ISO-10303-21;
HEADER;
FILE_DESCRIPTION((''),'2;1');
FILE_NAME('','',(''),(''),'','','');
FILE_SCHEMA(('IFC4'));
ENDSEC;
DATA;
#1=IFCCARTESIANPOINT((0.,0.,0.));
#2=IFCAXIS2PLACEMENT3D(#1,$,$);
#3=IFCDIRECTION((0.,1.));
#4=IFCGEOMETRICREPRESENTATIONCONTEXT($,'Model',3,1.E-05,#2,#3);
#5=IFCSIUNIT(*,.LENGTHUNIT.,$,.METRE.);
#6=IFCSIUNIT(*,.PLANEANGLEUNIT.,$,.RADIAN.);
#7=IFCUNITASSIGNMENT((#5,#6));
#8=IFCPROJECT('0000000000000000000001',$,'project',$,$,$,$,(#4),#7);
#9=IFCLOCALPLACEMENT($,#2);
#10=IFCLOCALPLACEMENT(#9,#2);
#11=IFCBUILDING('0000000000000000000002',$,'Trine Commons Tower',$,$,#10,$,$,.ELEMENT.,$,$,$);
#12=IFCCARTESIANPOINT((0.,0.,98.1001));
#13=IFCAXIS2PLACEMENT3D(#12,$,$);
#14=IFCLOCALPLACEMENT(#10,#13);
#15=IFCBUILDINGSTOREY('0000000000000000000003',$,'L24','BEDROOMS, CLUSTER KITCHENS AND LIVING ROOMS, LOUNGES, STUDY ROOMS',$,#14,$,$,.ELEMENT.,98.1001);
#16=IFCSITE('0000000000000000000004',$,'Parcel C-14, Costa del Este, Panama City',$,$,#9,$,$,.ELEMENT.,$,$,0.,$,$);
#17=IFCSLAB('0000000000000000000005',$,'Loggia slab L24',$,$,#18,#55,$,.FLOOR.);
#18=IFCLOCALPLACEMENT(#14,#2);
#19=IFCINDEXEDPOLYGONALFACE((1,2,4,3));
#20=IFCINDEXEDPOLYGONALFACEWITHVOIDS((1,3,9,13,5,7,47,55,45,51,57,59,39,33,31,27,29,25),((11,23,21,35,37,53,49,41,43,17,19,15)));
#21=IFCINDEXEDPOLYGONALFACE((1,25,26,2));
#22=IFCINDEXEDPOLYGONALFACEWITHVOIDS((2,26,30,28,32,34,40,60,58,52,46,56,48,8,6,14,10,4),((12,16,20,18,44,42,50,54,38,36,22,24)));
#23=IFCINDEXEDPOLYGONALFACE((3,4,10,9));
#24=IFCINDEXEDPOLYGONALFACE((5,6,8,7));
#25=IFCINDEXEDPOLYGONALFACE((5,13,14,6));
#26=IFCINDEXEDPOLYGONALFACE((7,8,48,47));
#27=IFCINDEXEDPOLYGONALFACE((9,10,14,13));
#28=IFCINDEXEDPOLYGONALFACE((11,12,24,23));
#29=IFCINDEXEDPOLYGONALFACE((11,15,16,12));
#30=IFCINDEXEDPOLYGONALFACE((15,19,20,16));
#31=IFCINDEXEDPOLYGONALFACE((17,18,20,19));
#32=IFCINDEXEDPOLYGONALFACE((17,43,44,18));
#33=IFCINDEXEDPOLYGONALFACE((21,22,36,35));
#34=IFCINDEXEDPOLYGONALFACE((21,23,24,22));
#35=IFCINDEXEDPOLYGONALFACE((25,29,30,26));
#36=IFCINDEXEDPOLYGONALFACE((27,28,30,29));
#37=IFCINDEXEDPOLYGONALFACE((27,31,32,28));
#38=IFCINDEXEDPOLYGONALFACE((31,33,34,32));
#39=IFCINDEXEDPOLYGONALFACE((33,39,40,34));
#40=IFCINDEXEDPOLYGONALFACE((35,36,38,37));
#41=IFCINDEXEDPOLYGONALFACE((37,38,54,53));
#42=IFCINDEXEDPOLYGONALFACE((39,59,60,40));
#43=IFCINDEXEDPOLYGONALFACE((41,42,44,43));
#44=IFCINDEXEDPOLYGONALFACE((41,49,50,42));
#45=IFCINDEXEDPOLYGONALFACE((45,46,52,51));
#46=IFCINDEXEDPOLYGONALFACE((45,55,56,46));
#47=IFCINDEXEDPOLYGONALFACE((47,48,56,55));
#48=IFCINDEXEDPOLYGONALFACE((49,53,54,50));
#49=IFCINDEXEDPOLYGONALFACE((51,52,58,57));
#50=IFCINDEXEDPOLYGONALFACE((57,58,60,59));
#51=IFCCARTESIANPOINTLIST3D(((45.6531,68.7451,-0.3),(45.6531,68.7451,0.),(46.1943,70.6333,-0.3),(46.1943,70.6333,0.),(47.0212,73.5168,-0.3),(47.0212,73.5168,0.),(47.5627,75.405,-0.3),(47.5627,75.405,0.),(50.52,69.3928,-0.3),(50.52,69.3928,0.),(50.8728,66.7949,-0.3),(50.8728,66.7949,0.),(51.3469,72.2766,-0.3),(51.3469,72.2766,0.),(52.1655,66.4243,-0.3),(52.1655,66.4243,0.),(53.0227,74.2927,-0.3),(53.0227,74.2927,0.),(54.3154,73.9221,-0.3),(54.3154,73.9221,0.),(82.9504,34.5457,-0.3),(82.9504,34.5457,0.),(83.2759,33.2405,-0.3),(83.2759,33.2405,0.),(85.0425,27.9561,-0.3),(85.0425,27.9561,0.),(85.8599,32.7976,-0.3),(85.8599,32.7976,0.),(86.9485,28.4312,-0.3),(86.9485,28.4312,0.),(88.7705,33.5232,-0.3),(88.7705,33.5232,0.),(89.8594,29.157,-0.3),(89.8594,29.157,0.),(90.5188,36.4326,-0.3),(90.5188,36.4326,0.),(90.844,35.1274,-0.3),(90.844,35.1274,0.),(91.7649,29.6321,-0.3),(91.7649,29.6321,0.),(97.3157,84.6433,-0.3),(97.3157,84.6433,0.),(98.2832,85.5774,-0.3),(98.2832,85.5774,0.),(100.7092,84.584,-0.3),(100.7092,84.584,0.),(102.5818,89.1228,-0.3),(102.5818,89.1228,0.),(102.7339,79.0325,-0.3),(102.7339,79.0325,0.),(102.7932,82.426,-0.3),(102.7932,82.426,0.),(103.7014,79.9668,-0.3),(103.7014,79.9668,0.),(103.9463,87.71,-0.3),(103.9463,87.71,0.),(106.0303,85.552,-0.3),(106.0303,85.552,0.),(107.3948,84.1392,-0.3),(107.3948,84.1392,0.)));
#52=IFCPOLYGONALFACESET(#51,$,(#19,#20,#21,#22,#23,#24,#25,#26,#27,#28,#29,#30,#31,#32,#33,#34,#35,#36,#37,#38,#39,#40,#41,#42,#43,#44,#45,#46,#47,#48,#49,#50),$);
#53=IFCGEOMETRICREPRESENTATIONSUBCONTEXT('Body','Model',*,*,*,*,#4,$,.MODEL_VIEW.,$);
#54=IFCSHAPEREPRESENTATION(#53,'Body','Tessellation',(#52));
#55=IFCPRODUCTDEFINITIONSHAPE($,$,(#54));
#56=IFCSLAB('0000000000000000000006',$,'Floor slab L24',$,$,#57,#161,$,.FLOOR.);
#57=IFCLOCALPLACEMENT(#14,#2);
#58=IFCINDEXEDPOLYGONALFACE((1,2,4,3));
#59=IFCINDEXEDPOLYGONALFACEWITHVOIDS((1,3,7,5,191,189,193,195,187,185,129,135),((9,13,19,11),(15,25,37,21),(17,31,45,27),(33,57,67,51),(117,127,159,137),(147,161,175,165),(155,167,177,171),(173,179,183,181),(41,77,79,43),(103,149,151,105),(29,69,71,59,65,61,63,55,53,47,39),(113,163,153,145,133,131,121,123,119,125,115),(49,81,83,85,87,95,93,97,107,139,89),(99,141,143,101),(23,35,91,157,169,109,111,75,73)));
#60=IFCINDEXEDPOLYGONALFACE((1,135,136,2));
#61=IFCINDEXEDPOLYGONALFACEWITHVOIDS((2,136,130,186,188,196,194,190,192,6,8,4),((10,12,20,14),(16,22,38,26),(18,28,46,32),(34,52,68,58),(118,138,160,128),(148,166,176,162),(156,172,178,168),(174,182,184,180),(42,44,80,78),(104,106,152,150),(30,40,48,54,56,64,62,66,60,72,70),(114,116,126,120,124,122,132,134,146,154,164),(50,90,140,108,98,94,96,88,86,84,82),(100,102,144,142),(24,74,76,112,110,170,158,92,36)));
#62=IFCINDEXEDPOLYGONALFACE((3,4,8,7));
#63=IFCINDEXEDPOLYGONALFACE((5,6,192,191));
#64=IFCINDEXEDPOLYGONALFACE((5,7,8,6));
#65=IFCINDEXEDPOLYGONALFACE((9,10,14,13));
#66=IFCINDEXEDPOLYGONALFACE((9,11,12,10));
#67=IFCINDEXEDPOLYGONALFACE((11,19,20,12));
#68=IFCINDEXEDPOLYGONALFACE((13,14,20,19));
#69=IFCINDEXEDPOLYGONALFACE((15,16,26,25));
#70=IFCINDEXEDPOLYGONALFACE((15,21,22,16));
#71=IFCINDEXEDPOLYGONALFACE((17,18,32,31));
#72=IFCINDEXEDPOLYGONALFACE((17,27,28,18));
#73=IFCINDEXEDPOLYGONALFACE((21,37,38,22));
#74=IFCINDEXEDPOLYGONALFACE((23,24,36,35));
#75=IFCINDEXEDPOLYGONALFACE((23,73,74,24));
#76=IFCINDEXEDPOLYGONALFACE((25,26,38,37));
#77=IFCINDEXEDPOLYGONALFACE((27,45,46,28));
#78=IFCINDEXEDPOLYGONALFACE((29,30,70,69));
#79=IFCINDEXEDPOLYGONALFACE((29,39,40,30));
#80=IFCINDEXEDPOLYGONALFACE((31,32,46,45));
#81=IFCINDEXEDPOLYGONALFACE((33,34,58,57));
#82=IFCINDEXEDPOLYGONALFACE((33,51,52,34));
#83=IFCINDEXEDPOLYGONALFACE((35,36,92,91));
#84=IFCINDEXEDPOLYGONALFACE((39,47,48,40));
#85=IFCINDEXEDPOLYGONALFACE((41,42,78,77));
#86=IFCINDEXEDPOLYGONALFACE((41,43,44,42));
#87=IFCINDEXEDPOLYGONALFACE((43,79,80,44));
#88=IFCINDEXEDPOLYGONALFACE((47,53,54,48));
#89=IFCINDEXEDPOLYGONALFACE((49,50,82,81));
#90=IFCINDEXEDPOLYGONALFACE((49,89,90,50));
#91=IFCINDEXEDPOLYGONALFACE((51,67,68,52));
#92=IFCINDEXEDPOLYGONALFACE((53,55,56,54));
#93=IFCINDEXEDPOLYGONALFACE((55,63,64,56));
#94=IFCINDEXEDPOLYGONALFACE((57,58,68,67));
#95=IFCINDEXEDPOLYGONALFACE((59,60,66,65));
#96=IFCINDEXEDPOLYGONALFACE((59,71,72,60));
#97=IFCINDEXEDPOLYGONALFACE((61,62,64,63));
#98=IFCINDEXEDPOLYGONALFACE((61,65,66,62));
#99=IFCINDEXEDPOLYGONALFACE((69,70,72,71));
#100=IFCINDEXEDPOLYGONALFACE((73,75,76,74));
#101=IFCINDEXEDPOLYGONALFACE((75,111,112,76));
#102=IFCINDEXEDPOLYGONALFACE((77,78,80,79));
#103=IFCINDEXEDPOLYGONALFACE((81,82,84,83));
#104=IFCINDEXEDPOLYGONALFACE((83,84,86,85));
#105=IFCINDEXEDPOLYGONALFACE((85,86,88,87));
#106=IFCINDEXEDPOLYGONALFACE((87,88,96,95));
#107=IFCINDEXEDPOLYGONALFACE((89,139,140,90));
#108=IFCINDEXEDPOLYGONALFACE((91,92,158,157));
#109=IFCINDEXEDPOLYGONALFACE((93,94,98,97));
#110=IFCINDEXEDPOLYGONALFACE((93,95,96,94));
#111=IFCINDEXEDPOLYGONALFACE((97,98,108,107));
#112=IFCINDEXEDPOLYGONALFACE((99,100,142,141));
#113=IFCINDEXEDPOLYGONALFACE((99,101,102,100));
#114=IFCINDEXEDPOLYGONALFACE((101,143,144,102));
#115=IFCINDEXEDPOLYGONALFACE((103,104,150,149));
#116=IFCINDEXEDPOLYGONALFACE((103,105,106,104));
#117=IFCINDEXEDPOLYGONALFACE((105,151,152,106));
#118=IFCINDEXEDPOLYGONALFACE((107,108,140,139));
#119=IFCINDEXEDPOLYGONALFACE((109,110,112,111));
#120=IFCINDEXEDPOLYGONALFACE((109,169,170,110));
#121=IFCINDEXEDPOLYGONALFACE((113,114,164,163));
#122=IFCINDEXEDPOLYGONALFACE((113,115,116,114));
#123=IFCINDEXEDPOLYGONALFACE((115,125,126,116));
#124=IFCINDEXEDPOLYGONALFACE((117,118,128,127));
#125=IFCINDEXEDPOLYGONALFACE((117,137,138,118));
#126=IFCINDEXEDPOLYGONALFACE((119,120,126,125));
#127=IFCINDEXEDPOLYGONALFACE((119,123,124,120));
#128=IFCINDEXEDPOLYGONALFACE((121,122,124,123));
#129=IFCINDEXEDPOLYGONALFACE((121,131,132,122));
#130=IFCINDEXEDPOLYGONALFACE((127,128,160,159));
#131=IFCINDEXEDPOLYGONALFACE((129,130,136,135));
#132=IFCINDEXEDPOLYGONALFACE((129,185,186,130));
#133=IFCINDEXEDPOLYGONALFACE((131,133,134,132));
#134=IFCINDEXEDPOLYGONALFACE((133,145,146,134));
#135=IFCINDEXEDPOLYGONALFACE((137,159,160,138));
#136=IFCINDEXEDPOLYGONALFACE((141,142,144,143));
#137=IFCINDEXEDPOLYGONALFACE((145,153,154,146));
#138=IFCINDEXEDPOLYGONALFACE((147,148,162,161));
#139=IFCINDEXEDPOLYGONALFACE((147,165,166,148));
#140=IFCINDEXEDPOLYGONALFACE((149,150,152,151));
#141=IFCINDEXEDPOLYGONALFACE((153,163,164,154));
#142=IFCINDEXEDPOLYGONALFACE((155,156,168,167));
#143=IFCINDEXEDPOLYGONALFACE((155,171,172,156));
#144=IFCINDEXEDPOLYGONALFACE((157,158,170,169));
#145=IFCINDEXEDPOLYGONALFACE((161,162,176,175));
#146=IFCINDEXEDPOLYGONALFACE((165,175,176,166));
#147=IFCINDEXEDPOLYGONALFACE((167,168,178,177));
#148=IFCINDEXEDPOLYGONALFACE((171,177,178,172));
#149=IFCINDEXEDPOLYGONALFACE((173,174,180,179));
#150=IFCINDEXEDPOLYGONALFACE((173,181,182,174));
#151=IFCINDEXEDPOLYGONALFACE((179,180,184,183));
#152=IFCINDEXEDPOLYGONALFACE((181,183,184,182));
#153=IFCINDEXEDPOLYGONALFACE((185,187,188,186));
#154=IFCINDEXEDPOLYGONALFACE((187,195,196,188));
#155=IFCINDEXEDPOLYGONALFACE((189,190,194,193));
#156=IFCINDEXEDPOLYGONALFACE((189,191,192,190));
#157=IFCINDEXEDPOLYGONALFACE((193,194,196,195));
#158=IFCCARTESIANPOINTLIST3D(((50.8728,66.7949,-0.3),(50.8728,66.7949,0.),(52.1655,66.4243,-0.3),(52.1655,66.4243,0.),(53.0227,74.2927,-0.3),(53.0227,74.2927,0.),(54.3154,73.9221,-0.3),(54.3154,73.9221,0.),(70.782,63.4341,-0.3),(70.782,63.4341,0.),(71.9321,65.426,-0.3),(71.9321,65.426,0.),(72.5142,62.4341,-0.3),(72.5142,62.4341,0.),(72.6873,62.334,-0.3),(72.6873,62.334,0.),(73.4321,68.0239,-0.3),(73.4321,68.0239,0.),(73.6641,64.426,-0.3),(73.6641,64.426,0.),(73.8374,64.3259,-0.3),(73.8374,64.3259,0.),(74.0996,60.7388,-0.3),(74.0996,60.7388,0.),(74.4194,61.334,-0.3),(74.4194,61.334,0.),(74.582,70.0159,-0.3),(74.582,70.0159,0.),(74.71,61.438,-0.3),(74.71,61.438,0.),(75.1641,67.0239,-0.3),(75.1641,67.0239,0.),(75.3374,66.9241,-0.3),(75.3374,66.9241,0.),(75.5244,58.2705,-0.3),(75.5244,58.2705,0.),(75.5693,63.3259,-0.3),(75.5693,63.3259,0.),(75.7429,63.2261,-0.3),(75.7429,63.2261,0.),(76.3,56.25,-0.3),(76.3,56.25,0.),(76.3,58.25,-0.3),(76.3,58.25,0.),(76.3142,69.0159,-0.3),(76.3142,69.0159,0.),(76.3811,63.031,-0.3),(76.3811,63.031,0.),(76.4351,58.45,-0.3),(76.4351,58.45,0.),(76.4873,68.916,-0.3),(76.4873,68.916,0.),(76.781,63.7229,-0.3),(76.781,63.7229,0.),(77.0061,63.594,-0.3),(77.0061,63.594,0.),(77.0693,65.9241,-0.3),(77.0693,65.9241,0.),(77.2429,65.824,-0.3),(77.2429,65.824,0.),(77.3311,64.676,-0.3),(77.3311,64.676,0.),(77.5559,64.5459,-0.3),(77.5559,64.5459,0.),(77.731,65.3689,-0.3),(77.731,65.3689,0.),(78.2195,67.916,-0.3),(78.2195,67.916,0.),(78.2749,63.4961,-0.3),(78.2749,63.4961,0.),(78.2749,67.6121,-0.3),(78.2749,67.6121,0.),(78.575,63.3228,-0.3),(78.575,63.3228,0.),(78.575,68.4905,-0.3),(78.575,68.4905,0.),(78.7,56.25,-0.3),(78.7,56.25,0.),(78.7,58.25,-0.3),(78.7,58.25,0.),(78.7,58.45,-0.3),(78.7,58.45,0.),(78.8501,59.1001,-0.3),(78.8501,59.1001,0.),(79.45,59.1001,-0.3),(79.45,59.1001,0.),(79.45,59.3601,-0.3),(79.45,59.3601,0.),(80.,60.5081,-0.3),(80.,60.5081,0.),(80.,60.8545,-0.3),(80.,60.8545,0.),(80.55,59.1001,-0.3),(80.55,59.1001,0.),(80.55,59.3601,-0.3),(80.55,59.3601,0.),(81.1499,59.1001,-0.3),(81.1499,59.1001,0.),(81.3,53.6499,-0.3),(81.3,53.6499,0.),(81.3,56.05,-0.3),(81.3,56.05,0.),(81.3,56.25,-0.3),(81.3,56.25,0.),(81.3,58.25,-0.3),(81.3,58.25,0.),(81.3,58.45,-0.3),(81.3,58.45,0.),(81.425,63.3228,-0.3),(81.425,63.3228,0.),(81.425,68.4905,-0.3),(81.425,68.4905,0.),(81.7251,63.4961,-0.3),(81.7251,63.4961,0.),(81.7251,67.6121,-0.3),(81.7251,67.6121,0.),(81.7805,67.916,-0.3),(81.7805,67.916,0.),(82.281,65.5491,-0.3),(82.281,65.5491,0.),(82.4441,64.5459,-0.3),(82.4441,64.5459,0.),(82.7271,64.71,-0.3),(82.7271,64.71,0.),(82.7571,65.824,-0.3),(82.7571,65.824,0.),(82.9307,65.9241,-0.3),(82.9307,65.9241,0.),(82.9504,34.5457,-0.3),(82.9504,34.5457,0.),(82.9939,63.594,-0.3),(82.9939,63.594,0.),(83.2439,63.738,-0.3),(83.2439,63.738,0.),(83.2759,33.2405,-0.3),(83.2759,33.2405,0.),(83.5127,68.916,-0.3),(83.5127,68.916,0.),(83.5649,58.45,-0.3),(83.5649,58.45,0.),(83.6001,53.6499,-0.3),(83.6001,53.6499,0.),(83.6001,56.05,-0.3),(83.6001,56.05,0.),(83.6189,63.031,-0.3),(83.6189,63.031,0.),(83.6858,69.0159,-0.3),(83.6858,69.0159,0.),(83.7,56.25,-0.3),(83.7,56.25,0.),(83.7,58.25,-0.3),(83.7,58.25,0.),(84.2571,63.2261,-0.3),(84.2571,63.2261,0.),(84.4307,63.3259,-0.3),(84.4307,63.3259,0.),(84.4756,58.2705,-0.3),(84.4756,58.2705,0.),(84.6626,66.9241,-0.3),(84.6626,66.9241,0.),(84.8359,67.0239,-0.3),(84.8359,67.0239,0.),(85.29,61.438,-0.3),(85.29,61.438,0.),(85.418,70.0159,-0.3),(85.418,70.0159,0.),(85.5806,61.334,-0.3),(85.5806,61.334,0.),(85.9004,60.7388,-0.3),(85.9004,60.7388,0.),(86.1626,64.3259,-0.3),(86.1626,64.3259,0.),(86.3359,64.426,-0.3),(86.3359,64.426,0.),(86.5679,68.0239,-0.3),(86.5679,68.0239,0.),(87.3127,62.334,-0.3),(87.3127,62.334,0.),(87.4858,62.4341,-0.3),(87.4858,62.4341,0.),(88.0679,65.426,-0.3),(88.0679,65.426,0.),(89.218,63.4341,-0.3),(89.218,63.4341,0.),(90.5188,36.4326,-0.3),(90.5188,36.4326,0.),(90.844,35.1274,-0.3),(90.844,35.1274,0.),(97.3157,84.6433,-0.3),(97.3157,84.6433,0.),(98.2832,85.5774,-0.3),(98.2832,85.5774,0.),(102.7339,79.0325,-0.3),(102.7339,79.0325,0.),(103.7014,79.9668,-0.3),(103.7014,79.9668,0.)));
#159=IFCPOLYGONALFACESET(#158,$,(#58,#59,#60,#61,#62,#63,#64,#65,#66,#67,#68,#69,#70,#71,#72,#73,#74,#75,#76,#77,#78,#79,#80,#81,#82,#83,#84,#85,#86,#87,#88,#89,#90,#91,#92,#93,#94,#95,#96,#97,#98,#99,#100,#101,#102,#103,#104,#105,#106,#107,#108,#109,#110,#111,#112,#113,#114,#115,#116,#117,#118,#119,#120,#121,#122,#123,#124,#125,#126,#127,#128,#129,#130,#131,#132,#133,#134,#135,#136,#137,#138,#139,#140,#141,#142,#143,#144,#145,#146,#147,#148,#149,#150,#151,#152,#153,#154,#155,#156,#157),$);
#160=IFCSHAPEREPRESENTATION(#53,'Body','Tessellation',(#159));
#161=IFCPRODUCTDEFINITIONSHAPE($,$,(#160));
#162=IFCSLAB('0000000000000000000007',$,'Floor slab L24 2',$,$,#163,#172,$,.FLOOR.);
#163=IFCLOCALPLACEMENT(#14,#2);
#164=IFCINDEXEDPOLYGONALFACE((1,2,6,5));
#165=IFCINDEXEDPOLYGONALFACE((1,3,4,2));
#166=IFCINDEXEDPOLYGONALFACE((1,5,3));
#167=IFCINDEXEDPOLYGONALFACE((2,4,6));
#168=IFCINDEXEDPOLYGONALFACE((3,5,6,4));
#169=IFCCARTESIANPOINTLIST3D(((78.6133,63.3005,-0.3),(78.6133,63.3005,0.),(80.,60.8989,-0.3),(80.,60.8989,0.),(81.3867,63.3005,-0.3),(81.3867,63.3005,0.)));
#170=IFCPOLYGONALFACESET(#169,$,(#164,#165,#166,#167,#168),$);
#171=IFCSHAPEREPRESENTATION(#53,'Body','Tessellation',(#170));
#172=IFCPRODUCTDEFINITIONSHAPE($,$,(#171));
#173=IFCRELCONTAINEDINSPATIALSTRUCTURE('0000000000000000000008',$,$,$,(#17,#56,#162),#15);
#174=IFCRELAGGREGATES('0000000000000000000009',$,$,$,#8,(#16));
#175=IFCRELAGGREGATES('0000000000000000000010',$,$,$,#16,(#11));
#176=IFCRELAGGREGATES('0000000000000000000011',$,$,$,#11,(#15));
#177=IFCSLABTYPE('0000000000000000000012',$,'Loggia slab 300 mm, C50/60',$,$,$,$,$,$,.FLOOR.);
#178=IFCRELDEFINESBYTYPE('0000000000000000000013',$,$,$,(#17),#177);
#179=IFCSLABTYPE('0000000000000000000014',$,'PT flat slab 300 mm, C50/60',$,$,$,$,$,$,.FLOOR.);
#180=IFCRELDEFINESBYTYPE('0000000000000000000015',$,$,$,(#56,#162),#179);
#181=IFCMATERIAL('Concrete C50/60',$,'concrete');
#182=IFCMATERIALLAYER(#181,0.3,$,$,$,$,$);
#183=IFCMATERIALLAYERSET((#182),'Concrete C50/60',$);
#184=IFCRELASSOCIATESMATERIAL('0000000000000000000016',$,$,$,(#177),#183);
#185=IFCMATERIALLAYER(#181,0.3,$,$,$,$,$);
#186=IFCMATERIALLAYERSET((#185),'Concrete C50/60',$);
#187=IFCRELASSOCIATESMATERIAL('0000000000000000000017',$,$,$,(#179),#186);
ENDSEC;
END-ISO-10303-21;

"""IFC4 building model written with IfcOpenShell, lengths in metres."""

from ifc_helpers import new_model, si_unit, direction, frame, origin, place, context, subcontext, project, spatial, polyline, outline, extrude, material, layer, layer_set, type_object, element, save


model = new_model("IFC4")

# Units and contexts
model_context = context("Model", 3, precision=1e-05, world=origin(), true_north=direction((0.0, 1.0)))
body_context = subcontext(model_context, "Body", "Model", "MODEL_VIEW")
ifc_project = project(units=[si_unit("LENGTHUNIT", "METRE"), si_unit("PLANEANGLEUNIT", "RADIAN")], contexts=[model_context])

# Site, building, storey
site_placement = place(None, origin())
site = spatial("IfcSite", under=ifc_project, at=site_placement, Name="Parcel C-14, Costa del Este, Panama City", CompositionType="ELEMENT", RefElevation=0.0)
building_placement = place(site_placement, origin())
building = spatial("IfcBuilding", under=site, at=building_placement, Name="Trine Commons Tower", CompositionType="ELEMENT")
storey_placement = place(building_placement, frame((0.0, 0.0, 98.1001)))
storey = spatial("IfcBuildingStorey", under=building, at=storey_placement, Name="L24", Description="BEDROOMS, CLUSTER KITCHENS AND LIVING ROOMS, LOUNGES, STUDY ROOMS", CompositionType="ELEMENT", Elevation=98.1001)

# Slabs
ifc_material_1 = material(Name="Concrete C50/60", Category="concrete")
ifc_layer_1 = layer(ifc_material_1, 0.3)
ifc_layer_set_1 = layer_set([ifc_layer_1], Name="Concrete C50/60")
slab_type_1 = type_object("IfcSlabType", Name="Loggia slab 300 mm, C50/60", PredefinedType="FLOOR", material=ifc_layer_set_1)
slab_1_placement = place(storey_placement, frame((0.0, 0.0, -0.3)))
element("IfcSlab", 1, at=slab_1_placement, inside=storey, type_object=slab_type_1, Name="Loggia slab L24", PredefinedType="FLOOR", context=body_context, shape_type="SweptSolid", body=[
    extrude(outline(polyline([(91.7649, 29.6321), (107.3948, 84.1392), (106.0303, 85.552), (102.7932, 82.426), (100.7092, 84.584), (103.9463, 87.71), (102.5818, 89.1228), (47.5627, 75.405), (47.0212, 73.5168), (51.3469, 72.2766), (50.52, 69.3928), (46.1943, 70.6333), (45.6531, 68.7451), (85.0425, 27.9561), (86.9485, 28.4312), (85.8599, 32.7976), (88.7705, 33.5232), (89.8594, 29.157), (91.7649, 29.6321)]), holes=[polyline([(83.2759, 33.2405), (82.9504, 34.5457), (90.5188, 36.4326), (90.844, 35.1274), (103.7014, 79.9668), (102.7339, 79.0325), (97.3157, 84.6433), (98.2832, 85.5774), (53.0227, 74.2927), (54.3154, 73.9221), (52.1655, 66.4243), (50.8728, 66.7949), (83.2759, 33.2405)])]), origin(), (0.0, 0.0, 1.0), 0.3),
])
ifc_layer_2 = layer(ifc_material_1, 0.3)
ifc_layer_set_2 = layer_set([ifc_layer_2], Name="Concrete C50/60")
slab_type_2 = type_object("IfcSlabType", Name="PT flat slab 300 mm, C50/60", PredefinedType="FLOOR", material=ifc_layer_set_2)
slab_2_placement = place(storey_placement, frame((0.0, 0.0, -0.3)))
element("IfcSlab", 2, at=slab_2_placement, inside=storey, type_object=slab_type_2, Name="Floor slab L24", PredefinedType="FLOOR", context=body_context, shape_type="SweptSolid", body=[
    extrude(outline(polyline([(50.8728, 66.7949), (83.2759, 33.2405), (82.9504, 34.5457), (90.5188, 36.4326), (90.844, 35.1274), (103.7014, 79.9668), (102.7339, 79.0325), (97.3157, 84.6433), (98.2832, 85.5774), (53.0227, 74.2927), (54.3154, 73.9221), (52.1655, 66.4243), (50.8728, 66.7949)]), holes=[polyline([(76.3, 56.25), (78.7, 56.25), (78.7, 58.25), (76.3, 58.25), (76.3, 56.25)]), polyline([(81.1499, 59.1001), (81.3, 58.45), (83.5649, 58.45), (80.0, 60.5081), (76.4351, 58.45), (78.7, 58.45), (78.8501, 59.1001), (79.45, 59.1001), (79.45, 59.3601), (80.55, 59.3601), (80.55, 59.1001), (81.1499, 59.1001)]), polyline([(80.0, 60.8545), (84.4756, 58.2705), (85.9004, 60.7388), (81.425, 63.3228), (81.425, 68.4905), (78.575, 68.4905), (78.575, 63.3228), (74.0996, 60.7388), (75.5244, 58.2705), (80.0, 60.8545)]), polyline([(73.8374, 64.3259), (72.6873, 62.334), (74.4194, 61.334), (75.5693, 63.3259), (73.8374, 64.3259)]), polyline([(71.9321, 65.426), (70.782, 63.4341), (72.5142, 62.4341), (73.6641, 64.426), (71.9321, 65.426)]), polyline([(76.781, 63.7229), (76.3811, 63.031), (75.7429, 63.2261), (74.71, 61.438), (78.2749, 63.4961), (78.2749, 67.6121), (77.2429, 65.824), (77.731, 65.3689), (77.3311, 64.676), (77.5559, 64.5459), (77.0061, 63.594), (76.781, 63.7229)]), polyline([(76.4873, 68.916), (75.3374, 66.9241), (77.0693, 65.9241), (78.2195, 67.916), (76.4873, 68.916)]), polyline([(74.582, 70.0159), (73.4321, 68.0239), (75.1641, 67.0239), (76.3142, 69.0159), (74.582, 70.0159)]), polyline([(81.3, 53.6499), (83.6001, 53.6499), (83.6001, 56.05), (81.3, 56.05), (81.3, 53.6499)]), polyline([(81.3, 56.25), (83.7, 56.25), (83.7, 58.25), (81.3, 58.25), (81.3, 56.25)]), polyline([(87.3127, 62.334), (86.1626, 64.3259), (84.4307, 63.3259), (85.5806, 61.334), (87.3127, 62.334)]), polyline([(89.218, 63.4341), (88.0679, 65.426), (86.3359, 64.426), (87.4858, 62.4341), (89.218, 63.4341)]), polyline([(83.2439, 63.738), (82.9939, 63.594), (82.4441, 64.5459), (82.7271, 64.71), (82.281, 65.5491), (82.7571, 65.824), (81.7251, 67.6121), (81.7251, 63.4961), (85.29, 61.438), (84.2571, 63.2261), (83.6189, 63.031), (83.2439, 63.738)]), polyline([(82.9307, 65.9241), (84.6626, 66.9241), (83.5127, 68.916), (81.7805, 67.916), (82.9307, 65.9241)]), polyline([(84.8359, 67.0239), (86.5679, 68.0239), (85.418, 70.0159), (83.6858, 69.0159), (84.8359, 67.0239)])]), origin(), (0.0, 0.0, 1.0), 0.3),
])
slab_3_placement = place(storey_placement, frame((0.0, 0.0, -0.3)))
element("IfcSlab", 3, at=slab_3_placement, inside=storey, type_object=slab_type_2, Name="Floor slab L24 2", PredefinedType="FLOOR", context=body_context, shape_type="SweptSolid", body=[
    extrude(outline(polyline([(78.6133, 63.3005), (80.0, 60.8989), (81.3867, 63.3005), (78.6133, 63.3005)])), origin(), (0.0, 0.0, 1.0), 0.3),
])

save(model, "model.ifc")
